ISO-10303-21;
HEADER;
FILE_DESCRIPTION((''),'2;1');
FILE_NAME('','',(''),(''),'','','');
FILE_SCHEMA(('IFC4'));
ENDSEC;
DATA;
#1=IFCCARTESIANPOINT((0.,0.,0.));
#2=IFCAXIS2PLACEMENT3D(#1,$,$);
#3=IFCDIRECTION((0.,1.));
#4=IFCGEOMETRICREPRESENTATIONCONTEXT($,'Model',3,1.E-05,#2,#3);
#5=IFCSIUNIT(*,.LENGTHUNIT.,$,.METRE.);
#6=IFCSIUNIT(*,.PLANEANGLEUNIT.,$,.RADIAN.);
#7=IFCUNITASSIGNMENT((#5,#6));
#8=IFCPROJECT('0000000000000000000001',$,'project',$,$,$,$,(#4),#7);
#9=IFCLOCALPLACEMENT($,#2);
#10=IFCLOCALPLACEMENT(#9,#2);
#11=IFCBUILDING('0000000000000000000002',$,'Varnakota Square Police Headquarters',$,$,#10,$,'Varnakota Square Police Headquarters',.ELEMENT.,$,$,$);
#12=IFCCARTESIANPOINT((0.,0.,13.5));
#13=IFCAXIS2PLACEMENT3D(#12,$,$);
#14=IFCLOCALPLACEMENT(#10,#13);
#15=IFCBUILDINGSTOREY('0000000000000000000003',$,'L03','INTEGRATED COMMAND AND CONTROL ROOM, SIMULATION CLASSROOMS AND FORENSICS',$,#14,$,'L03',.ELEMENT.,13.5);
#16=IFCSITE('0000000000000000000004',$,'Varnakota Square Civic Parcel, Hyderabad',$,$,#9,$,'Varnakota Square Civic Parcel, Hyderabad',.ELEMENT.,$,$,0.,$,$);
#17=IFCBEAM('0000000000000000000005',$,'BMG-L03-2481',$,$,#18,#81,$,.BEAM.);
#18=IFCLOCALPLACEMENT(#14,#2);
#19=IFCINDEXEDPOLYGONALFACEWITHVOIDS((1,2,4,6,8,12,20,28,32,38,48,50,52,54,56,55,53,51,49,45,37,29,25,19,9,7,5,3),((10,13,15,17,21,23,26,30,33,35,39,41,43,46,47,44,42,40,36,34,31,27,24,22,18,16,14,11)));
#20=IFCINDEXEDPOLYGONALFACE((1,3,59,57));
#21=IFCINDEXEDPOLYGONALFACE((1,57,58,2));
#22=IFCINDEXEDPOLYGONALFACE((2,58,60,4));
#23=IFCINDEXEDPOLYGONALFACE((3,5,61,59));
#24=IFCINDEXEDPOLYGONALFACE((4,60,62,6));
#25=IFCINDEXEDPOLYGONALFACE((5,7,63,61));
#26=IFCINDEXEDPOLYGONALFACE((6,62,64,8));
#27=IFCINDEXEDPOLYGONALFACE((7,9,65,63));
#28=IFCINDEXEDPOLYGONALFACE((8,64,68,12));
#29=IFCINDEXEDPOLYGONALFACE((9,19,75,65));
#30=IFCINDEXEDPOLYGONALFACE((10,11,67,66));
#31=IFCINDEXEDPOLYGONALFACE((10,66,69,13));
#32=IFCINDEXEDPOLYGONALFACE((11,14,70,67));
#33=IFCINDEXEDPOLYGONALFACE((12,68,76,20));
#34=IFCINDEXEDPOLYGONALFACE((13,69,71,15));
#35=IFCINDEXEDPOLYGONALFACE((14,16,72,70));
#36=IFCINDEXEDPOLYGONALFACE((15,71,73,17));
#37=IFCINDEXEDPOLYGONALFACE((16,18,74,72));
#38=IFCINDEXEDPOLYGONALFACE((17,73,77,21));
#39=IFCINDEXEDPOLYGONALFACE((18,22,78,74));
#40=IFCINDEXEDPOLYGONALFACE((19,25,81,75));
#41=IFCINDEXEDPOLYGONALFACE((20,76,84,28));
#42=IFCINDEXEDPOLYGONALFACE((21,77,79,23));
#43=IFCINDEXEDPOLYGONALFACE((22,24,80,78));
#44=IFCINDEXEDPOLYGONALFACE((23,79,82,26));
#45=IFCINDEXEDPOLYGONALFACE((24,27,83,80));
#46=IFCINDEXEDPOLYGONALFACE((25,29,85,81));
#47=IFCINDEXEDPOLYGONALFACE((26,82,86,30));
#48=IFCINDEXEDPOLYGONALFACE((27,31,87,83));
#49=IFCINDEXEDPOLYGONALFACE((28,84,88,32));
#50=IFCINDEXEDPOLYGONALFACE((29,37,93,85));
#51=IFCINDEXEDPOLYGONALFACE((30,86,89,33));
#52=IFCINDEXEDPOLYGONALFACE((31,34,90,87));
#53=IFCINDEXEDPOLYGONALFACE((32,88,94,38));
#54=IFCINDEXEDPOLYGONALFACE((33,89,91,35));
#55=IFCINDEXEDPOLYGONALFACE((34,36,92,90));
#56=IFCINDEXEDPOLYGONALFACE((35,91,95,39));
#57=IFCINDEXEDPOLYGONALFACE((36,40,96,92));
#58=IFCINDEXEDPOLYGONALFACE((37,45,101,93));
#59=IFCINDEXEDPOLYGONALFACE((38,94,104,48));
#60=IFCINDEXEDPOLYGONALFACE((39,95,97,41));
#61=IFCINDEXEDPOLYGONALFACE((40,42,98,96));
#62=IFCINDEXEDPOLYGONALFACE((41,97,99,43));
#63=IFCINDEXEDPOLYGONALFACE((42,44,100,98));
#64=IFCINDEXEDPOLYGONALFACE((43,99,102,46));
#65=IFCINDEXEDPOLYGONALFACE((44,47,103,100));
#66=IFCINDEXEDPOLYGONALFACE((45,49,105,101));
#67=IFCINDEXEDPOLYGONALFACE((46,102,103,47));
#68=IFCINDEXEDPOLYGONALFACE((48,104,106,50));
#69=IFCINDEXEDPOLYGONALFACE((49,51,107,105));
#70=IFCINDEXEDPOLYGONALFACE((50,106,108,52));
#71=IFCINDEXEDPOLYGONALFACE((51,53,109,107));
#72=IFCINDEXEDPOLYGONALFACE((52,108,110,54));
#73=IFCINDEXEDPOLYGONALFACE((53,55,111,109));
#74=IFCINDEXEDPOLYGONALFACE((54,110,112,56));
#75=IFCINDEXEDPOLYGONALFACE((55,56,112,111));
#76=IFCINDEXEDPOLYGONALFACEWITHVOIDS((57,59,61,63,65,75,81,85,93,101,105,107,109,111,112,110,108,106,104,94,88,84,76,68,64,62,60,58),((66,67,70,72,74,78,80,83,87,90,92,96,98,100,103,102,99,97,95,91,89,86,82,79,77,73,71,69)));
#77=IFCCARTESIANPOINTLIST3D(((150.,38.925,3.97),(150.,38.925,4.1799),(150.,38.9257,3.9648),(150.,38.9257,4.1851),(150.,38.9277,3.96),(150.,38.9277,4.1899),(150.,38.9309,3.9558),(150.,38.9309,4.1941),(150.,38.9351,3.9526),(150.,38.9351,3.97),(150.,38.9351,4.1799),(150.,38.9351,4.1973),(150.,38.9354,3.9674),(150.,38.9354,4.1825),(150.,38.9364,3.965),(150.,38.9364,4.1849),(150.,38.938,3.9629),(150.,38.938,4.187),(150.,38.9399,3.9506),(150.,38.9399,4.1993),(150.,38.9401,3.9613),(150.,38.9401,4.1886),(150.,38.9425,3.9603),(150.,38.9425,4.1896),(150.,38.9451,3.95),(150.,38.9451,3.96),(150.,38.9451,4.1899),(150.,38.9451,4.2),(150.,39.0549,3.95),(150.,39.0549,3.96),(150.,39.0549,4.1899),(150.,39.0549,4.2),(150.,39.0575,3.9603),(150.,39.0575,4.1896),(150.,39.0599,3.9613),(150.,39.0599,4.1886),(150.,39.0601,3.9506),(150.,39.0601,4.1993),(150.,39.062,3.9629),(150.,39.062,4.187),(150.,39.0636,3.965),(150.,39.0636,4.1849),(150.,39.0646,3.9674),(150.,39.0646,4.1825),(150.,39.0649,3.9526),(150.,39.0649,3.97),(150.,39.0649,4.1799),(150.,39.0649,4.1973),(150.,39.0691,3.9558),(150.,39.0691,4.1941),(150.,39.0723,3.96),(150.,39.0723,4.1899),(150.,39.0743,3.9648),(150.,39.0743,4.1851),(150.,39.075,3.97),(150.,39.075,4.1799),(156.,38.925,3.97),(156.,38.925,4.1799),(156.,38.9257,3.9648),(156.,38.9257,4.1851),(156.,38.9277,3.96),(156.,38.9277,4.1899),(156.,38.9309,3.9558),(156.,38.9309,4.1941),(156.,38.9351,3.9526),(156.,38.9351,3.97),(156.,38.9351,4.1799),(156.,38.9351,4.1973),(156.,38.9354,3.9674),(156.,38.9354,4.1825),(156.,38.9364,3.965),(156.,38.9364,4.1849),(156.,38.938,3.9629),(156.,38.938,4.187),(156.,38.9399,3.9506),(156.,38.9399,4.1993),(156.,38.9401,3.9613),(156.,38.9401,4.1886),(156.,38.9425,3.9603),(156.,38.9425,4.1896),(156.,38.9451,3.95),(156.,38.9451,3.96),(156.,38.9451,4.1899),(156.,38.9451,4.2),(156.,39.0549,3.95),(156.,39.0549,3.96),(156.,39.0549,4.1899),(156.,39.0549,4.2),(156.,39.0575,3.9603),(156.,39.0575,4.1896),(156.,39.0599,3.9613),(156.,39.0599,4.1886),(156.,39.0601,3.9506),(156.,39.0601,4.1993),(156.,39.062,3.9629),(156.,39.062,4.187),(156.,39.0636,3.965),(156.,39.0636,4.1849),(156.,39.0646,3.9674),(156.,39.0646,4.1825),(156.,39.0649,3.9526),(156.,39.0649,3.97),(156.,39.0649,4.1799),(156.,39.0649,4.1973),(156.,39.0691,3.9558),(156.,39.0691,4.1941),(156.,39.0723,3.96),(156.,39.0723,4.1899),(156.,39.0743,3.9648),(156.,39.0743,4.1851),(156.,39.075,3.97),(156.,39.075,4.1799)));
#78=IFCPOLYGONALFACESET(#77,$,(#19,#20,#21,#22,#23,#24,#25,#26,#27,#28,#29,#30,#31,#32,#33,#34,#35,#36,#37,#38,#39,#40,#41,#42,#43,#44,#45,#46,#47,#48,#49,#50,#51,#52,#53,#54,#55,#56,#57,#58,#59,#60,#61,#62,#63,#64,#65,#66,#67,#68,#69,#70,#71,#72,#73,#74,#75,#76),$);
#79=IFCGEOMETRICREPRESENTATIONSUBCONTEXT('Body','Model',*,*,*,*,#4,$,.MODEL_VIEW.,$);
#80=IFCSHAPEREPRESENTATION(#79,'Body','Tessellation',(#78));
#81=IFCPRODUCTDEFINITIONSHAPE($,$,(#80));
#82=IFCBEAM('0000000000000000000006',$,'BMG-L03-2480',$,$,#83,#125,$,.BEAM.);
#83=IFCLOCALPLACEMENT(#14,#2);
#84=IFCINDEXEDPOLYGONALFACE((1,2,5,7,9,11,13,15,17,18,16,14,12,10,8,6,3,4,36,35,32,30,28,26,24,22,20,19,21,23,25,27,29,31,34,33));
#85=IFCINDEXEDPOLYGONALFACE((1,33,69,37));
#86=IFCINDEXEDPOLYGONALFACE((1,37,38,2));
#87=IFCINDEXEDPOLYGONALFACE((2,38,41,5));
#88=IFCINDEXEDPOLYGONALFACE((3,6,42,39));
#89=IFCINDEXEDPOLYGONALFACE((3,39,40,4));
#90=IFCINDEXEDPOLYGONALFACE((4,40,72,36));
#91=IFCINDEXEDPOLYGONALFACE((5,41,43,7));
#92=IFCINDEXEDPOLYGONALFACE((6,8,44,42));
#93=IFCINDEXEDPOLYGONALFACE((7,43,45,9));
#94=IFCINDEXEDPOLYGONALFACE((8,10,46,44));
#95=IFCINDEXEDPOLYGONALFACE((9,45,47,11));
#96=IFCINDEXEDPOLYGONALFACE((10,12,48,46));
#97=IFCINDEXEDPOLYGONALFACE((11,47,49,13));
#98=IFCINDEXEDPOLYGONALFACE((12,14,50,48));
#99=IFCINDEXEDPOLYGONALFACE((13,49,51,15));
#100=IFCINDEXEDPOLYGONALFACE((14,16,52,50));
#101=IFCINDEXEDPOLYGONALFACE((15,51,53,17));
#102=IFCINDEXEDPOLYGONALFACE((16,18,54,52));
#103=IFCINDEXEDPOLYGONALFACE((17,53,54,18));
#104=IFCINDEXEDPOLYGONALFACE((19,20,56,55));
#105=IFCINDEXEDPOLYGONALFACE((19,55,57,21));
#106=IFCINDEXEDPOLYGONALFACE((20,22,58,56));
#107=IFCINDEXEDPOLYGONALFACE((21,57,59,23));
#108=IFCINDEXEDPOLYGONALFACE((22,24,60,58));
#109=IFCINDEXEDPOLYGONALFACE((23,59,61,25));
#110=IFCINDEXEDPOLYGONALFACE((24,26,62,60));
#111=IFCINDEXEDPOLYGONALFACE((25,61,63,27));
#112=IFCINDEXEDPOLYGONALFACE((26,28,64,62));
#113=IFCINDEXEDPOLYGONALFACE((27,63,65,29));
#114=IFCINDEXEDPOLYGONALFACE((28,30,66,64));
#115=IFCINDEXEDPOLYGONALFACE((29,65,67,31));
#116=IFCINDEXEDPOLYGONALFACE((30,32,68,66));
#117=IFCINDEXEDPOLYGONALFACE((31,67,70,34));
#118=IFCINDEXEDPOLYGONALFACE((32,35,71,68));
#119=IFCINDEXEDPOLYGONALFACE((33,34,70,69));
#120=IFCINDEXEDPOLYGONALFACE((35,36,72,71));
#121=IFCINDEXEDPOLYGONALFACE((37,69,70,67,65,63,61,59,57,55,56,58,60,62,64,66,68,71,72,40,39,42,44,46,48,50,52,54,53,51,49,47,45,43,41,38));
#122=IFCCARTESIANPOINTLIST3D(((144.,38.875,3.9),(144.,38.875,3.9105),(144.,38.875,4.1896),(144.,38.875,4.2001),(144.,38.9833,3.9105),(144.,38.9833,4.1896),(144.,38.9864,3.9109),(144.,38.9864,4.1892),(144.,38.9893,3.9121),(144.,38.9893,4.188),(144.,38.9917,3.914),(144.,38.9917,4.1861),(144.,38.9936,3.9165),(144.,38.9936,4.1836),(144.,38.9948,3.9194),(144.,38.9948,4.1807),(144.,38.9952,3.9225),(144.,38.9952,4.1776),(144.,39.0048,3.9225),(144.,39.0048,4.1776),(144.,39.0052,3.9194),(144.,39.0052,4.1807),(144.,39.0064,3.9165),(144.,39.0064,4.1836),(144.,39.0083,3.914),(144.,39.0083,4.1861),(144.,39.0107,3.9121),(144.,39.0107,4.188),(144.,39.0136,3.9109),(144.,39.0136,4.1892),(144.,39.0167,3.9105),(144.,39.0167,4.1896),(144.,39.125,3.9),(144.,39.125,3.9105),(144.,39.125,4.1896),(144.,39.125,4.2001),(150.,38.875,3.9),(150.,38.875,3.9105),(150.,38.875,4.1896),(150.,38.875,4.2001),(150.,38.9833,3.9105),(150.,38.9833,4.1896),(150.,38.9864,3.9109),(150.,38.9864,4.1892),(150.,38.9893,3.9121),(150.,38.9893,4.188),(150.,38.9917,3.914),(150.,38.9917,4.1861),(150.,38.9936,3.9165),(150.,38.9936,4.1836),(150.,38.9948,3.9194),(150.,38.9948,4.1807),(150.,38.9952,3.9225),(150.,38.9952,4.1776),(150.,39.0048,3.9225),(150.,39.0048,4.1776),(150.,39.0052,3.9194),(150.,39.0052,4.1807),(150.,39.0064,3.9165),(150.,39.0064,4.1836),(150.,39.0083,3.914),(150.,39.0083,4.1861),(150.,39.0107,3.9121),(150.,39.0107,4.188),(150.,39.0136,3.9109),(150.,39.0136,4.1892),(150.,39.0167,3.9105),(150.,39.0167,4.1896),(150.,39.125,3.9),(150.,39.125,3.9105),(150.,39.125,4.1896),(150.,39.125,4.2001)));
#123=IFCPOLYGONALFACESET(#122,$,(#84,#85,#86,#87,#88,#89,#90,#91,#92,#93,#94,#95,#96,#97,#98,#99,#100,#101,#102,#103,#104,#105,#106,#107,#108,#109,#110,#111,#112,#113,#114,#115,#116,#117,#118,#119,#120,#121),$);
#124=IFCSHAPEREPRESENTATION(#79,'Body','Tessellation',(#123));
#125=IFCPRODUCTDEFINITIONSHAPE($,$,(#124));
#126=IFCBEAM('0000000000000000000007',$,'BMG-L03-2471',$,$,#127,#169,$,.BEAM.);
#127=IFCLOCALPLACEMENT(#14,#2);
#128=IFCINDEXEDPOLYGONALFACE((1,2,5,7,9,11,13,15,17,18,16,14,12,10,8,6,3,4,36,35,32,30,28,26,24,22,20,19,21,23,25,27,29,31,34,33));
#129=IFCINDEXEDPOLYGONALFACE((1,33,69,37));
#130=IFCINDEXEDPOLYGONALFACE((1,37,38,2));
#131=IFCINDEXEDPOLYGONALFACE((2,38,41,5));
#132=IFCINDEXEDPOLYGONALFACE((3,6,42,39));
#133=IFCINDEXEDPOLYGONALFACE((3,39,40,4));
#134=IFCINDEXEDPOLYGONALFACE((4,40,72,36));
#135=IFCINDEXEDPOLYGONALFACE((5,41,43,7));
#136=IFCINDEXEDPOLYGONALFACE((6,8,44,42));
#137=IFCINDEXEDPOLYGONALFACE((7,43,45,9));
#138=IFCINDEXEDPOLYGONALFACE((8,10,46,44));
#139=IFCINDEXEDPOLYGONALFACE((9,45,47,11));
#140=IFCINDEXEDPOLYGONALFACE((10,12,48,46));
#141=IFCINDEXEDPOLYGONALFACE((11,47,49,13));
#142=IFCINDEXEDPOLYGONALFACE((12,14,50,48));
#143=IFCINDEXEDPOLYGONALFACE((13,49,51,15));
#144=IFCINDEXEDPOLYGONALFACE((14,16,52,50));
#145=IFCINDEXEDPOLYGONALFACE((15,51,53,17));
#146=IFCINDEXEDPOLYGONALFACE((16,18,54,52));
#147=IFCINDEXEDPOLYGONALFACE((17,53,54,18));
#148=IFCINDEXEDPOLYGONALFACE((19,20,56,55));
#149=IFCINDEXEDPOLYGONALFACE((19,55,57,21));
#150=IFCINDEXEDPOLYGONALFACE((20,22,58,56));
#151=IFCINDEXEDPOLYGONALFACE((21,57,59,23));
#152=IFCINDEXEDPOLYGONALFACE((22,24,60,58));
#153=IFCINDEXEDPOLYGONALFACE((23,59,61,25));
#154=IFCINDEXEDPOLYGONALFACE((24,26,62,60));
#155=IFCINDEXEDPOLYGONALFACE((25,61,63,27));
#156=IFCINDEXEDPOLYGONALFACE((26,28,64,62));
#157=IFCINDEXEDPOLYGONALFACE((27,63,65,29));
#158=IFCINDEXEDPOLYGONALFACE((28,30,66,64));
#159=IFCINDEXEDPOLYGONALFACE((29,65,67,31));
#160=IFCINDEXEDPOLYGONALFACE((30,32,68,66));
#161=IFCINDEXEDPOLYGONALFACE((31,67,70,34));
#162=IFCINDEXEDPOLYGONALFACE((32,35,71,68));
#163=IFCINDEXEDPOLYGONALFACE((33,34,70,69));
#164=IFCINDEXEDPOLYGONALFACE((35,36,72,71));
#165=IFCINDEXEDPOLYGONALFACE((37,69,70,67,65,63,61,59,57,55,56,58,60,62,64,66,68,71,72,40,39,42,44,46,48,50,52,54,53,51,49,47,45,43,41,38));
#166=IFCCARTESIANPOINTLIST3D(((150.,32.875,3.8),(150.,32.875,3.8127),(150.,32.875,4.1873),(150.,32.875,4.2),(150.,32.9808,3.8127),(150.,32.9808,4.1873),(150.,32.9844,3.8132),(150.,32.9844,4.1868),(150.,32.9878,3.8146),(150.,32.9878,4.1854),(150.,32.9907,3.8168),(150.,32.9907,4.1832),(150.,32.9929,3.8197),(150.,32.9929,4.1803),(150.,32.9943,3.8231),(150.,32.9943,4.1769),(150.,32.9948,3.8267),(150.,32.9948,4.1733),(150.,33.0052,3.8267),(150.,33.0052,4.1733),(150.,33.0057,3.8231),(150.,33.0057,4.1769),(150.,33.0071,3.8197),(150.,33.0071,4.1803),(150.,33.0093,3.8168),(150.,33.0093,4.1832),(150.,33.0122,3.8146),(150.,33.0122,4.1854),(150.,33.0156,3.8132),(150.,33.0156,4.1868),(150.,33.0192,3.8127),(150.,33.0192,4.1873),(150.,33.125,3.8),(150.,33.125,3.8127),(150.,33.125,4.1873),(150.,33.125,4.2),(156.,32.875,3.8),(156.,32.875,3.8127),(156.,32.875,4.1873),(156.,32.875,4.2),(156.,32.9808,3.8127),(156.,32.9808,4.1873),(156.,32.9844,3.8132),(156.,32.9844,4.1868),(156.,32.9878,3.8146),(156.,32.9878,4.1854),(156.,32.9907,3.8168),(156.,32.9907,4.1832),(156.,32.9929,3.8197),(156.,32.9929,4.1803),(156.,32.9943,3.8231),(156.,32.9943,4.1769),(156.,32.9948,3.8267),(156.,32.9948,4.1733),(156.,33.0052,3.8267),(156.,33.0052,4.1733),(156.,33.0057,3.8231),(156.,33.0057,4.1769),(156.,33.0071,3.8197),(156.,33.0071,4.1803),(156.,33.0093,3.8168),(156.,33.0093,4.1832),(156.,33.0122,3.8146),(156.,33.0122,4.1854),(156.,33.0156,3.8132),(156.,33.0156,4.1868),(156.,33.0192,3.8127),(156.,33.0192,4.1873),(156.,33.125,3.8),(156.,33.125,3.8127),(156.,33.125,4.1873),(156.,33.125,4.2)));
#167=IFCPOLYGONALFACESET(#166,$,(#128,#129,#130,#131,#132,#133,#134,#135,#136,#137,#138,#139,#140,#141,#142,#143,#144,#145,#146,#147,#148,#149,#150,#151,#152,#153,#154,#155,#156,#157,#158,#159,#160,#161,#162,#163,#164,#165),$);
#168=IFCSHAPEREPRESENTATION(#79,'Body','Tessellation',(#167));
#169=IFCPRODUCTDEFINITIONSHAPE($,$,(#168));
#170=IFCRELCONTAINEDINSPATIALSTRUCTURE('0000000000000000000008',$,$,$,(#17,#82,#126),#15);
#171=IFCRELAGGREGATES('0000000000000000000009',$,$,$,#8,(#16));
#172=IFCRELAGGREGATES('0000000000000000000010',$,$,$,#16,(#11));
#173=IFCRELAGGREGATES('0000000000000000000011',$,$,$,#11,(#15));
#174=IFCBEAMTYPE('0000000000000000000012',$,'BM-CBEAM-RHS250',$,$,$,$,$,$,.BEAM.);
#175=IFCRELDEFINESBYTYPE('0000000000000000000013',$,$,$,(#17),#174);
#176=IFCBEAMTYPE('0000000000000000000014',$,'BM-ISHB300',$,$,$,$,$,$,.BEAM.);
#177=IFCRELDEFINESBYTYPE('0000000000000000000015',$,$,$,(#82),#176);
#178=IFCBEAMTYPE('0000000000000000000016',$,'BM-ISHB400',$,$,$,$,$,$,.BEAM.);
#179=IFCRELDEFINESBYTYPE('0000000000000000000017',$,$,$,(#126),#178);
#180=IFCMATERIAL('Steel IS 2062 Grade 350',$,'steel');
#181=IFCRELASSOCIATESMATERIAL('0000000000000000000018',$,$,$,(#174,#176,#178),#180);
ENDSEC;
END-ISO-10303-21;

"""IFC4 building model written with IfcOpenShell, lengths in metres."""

from ifc_helpers import new_model, si_unit, direction, frame, origin, origin_2d, place, context, subcontext, project, spatial, hollow_rectangle, i_section, extrude, material, material_profile, profile_set, type_object, element, save


model = new_model("IFC4")

# Units and contexts
model_context = context("Model", 3, precision=1e-05, world=origin(), true_north=direction((0.0, 1.0)))
body_context = subcontext(model_context, "Body", "Model", "MODEL_VIEW")
ifc_project = project(units=[si_unit("LENGTHUNIT", "METRE"), si_unit("PLANEANGLEUNIT", "RADIAN")], contexts=[model_context])

# Site, building, storey
site_placement = place(None, origin())
site = spatial("IfcSite", under=ifc_project, at=site_placement, Name="Varnakota Square Civic Parcel, Hyderabad", LongName="Varnakota Square Civic Parcel, Hyderabad", CompositionType="ELEMENT", RefElevation=0.0)
building_placement = place(site_placement, origin())
building = spatial("IfcBuilding", under=site, at=building_placement, Name="Varnakota Square Police Headquarters", LongName="Varnakota Square Police Headquarters", CompositionType="ELEMENT")
storey_placement = place(building_placement, frame((0.0, 0.0, 13.5)))
storey = spatial("IfcBuildingStorey", under=building, at=storey_placement, Name="L03", Description="INTEGRATED COMMAND AND CONTROL ROOM, SIMULATION CLASSROOMS AND FORENSICS", LongName="L03", CompositionType="ELEMENT", Elevation=13.5)

# Shared definitions
ifc_material_1 = material(Name="Steel IS 2062 Grade 350", Category="steel")

# Beams
ifc_material_profile_1 = material_profile(ifc_material_1, hollow_rectangle(XDim=0.1499, YDim=0.25, WallThickness=0.01, InnerFilletRadius=0.01, OuterFilletRadius=0.02, at=origin_2d()), Name="RHS 250x150x10")
ifc_profile_set_1 = profile_set([ifc_material_profile_1], Name="Steel IS 2062 Grade 350")
beam_type_1 = type_object("IfcBeamType", Name="BM-CBEAM-RHS250", PredefinedType="BEAM", material=ifc_profile_set_1)
beam_1_placement = place(storey_placement, frame((150.0, 39.0, 4.075), z_axis=(1.0, 0.0, 0.0), x_axis=(0.0, 1.0, 0.0)))
element("IfcBeam", 1, at=beam_1_placement, inside=storey, type_object=beam_type_1, Name="BMG-L03-2481", PredefinedType="BEAM", context=body_context, shape_type="SweptSolid", body=[
    extrude(hollow_rectangle(XDim=0.1499, YDim=0.25, WallThickness=0.01, InnerFilletRadius=0.01, OuterFilletRadius=0.02, at=origin_2d()), origin(), (0.0, 0.0, 1.0), 6.0),
])
ifc_material_profile_2 = material_profile(ifc_material_1, i_section(OverallWidth=0.25, OverallDepth=0.3, WebThickness=0.0095, FlangeThickness=0.0105, FilletRadius=0.012, at=origin_2d()), Name="ISHB 300")
ifc_profile_set_2 = profile_set([ifc_material_profile_2], Name="Steel IS 2062 Grade 350")
beam_type_2 = type_object("IfcBeamType", Name="BM-ISHB300", PredefinedType="BEAM", material=ifc_profile_set_2)
beam_2_placement = place(storey_placement, frame((144.0, 39.0, 4.05), z_axis=(1.0, 0.0, 0.0), x_axis=(0.0, 1.0, 0.0)))
element("IfcBeam", 2, at=beam_2_placement, inside=storey, type_object=beam_type_2, Name="BMG-L03-2480", PredefinedType="BEAM", context=body_context, shape_type="SweptSolid", body=[
    extrude(i_section(OverallWidth=0.25, OverallDepth=0.3, WebThickness=0.0095, FlangeThickness=0.0105, FilletRadius=0.012, at=origin_2d()), origin(), (0.0, 0.0, 1.0), 6.0),
])
ifc_material_profile_3 = material_profile(ifc_material_1, i_section(OverallWidth=0.25, OverallDepth=0.3999, WebThickness=0.0105, FlangeThickness=0.0127, FilletRadius=0.0139, at=origin_2d()), Name="ISHB 400")
ifc_profile_set_3 = profile_set([ifc_material_profile_3], Name="Steel IS 2062 Grade 350")
beam_type_3 = type_object("IfcBeamType", Name="BM-ISHB400", PredefinedType="BEAM", material=ifc_profile_set_3)
for number, where, z_axis, x_axis, name in (
    (3, (150.0, 33.0, 4.0), (1.0, 0.0, 0.0), (0.0, 1.0, 0.0), "BMG-L03-2471"),
):
    element("IfcBeam", number, at=place(storey_placement, frame(where, z_axis=z_axis, x_axis=x_axis)), inside=storey, type_object=beam_type_3, Name=name, PredefinedType="BEAM", context=body_context, shape_type="SweptSolid", body=[
        extrude(i_section(OverallWidth=0.25, OverallDepth=0.3999, WebThickness=0.0105, FlangeThickness=0.0127, FilletRadius=0.0139, at=origin_2d()), origin(), (0.0, 0.0, 1.0), 6.0),
    ])

save(model, "model.ifc")
